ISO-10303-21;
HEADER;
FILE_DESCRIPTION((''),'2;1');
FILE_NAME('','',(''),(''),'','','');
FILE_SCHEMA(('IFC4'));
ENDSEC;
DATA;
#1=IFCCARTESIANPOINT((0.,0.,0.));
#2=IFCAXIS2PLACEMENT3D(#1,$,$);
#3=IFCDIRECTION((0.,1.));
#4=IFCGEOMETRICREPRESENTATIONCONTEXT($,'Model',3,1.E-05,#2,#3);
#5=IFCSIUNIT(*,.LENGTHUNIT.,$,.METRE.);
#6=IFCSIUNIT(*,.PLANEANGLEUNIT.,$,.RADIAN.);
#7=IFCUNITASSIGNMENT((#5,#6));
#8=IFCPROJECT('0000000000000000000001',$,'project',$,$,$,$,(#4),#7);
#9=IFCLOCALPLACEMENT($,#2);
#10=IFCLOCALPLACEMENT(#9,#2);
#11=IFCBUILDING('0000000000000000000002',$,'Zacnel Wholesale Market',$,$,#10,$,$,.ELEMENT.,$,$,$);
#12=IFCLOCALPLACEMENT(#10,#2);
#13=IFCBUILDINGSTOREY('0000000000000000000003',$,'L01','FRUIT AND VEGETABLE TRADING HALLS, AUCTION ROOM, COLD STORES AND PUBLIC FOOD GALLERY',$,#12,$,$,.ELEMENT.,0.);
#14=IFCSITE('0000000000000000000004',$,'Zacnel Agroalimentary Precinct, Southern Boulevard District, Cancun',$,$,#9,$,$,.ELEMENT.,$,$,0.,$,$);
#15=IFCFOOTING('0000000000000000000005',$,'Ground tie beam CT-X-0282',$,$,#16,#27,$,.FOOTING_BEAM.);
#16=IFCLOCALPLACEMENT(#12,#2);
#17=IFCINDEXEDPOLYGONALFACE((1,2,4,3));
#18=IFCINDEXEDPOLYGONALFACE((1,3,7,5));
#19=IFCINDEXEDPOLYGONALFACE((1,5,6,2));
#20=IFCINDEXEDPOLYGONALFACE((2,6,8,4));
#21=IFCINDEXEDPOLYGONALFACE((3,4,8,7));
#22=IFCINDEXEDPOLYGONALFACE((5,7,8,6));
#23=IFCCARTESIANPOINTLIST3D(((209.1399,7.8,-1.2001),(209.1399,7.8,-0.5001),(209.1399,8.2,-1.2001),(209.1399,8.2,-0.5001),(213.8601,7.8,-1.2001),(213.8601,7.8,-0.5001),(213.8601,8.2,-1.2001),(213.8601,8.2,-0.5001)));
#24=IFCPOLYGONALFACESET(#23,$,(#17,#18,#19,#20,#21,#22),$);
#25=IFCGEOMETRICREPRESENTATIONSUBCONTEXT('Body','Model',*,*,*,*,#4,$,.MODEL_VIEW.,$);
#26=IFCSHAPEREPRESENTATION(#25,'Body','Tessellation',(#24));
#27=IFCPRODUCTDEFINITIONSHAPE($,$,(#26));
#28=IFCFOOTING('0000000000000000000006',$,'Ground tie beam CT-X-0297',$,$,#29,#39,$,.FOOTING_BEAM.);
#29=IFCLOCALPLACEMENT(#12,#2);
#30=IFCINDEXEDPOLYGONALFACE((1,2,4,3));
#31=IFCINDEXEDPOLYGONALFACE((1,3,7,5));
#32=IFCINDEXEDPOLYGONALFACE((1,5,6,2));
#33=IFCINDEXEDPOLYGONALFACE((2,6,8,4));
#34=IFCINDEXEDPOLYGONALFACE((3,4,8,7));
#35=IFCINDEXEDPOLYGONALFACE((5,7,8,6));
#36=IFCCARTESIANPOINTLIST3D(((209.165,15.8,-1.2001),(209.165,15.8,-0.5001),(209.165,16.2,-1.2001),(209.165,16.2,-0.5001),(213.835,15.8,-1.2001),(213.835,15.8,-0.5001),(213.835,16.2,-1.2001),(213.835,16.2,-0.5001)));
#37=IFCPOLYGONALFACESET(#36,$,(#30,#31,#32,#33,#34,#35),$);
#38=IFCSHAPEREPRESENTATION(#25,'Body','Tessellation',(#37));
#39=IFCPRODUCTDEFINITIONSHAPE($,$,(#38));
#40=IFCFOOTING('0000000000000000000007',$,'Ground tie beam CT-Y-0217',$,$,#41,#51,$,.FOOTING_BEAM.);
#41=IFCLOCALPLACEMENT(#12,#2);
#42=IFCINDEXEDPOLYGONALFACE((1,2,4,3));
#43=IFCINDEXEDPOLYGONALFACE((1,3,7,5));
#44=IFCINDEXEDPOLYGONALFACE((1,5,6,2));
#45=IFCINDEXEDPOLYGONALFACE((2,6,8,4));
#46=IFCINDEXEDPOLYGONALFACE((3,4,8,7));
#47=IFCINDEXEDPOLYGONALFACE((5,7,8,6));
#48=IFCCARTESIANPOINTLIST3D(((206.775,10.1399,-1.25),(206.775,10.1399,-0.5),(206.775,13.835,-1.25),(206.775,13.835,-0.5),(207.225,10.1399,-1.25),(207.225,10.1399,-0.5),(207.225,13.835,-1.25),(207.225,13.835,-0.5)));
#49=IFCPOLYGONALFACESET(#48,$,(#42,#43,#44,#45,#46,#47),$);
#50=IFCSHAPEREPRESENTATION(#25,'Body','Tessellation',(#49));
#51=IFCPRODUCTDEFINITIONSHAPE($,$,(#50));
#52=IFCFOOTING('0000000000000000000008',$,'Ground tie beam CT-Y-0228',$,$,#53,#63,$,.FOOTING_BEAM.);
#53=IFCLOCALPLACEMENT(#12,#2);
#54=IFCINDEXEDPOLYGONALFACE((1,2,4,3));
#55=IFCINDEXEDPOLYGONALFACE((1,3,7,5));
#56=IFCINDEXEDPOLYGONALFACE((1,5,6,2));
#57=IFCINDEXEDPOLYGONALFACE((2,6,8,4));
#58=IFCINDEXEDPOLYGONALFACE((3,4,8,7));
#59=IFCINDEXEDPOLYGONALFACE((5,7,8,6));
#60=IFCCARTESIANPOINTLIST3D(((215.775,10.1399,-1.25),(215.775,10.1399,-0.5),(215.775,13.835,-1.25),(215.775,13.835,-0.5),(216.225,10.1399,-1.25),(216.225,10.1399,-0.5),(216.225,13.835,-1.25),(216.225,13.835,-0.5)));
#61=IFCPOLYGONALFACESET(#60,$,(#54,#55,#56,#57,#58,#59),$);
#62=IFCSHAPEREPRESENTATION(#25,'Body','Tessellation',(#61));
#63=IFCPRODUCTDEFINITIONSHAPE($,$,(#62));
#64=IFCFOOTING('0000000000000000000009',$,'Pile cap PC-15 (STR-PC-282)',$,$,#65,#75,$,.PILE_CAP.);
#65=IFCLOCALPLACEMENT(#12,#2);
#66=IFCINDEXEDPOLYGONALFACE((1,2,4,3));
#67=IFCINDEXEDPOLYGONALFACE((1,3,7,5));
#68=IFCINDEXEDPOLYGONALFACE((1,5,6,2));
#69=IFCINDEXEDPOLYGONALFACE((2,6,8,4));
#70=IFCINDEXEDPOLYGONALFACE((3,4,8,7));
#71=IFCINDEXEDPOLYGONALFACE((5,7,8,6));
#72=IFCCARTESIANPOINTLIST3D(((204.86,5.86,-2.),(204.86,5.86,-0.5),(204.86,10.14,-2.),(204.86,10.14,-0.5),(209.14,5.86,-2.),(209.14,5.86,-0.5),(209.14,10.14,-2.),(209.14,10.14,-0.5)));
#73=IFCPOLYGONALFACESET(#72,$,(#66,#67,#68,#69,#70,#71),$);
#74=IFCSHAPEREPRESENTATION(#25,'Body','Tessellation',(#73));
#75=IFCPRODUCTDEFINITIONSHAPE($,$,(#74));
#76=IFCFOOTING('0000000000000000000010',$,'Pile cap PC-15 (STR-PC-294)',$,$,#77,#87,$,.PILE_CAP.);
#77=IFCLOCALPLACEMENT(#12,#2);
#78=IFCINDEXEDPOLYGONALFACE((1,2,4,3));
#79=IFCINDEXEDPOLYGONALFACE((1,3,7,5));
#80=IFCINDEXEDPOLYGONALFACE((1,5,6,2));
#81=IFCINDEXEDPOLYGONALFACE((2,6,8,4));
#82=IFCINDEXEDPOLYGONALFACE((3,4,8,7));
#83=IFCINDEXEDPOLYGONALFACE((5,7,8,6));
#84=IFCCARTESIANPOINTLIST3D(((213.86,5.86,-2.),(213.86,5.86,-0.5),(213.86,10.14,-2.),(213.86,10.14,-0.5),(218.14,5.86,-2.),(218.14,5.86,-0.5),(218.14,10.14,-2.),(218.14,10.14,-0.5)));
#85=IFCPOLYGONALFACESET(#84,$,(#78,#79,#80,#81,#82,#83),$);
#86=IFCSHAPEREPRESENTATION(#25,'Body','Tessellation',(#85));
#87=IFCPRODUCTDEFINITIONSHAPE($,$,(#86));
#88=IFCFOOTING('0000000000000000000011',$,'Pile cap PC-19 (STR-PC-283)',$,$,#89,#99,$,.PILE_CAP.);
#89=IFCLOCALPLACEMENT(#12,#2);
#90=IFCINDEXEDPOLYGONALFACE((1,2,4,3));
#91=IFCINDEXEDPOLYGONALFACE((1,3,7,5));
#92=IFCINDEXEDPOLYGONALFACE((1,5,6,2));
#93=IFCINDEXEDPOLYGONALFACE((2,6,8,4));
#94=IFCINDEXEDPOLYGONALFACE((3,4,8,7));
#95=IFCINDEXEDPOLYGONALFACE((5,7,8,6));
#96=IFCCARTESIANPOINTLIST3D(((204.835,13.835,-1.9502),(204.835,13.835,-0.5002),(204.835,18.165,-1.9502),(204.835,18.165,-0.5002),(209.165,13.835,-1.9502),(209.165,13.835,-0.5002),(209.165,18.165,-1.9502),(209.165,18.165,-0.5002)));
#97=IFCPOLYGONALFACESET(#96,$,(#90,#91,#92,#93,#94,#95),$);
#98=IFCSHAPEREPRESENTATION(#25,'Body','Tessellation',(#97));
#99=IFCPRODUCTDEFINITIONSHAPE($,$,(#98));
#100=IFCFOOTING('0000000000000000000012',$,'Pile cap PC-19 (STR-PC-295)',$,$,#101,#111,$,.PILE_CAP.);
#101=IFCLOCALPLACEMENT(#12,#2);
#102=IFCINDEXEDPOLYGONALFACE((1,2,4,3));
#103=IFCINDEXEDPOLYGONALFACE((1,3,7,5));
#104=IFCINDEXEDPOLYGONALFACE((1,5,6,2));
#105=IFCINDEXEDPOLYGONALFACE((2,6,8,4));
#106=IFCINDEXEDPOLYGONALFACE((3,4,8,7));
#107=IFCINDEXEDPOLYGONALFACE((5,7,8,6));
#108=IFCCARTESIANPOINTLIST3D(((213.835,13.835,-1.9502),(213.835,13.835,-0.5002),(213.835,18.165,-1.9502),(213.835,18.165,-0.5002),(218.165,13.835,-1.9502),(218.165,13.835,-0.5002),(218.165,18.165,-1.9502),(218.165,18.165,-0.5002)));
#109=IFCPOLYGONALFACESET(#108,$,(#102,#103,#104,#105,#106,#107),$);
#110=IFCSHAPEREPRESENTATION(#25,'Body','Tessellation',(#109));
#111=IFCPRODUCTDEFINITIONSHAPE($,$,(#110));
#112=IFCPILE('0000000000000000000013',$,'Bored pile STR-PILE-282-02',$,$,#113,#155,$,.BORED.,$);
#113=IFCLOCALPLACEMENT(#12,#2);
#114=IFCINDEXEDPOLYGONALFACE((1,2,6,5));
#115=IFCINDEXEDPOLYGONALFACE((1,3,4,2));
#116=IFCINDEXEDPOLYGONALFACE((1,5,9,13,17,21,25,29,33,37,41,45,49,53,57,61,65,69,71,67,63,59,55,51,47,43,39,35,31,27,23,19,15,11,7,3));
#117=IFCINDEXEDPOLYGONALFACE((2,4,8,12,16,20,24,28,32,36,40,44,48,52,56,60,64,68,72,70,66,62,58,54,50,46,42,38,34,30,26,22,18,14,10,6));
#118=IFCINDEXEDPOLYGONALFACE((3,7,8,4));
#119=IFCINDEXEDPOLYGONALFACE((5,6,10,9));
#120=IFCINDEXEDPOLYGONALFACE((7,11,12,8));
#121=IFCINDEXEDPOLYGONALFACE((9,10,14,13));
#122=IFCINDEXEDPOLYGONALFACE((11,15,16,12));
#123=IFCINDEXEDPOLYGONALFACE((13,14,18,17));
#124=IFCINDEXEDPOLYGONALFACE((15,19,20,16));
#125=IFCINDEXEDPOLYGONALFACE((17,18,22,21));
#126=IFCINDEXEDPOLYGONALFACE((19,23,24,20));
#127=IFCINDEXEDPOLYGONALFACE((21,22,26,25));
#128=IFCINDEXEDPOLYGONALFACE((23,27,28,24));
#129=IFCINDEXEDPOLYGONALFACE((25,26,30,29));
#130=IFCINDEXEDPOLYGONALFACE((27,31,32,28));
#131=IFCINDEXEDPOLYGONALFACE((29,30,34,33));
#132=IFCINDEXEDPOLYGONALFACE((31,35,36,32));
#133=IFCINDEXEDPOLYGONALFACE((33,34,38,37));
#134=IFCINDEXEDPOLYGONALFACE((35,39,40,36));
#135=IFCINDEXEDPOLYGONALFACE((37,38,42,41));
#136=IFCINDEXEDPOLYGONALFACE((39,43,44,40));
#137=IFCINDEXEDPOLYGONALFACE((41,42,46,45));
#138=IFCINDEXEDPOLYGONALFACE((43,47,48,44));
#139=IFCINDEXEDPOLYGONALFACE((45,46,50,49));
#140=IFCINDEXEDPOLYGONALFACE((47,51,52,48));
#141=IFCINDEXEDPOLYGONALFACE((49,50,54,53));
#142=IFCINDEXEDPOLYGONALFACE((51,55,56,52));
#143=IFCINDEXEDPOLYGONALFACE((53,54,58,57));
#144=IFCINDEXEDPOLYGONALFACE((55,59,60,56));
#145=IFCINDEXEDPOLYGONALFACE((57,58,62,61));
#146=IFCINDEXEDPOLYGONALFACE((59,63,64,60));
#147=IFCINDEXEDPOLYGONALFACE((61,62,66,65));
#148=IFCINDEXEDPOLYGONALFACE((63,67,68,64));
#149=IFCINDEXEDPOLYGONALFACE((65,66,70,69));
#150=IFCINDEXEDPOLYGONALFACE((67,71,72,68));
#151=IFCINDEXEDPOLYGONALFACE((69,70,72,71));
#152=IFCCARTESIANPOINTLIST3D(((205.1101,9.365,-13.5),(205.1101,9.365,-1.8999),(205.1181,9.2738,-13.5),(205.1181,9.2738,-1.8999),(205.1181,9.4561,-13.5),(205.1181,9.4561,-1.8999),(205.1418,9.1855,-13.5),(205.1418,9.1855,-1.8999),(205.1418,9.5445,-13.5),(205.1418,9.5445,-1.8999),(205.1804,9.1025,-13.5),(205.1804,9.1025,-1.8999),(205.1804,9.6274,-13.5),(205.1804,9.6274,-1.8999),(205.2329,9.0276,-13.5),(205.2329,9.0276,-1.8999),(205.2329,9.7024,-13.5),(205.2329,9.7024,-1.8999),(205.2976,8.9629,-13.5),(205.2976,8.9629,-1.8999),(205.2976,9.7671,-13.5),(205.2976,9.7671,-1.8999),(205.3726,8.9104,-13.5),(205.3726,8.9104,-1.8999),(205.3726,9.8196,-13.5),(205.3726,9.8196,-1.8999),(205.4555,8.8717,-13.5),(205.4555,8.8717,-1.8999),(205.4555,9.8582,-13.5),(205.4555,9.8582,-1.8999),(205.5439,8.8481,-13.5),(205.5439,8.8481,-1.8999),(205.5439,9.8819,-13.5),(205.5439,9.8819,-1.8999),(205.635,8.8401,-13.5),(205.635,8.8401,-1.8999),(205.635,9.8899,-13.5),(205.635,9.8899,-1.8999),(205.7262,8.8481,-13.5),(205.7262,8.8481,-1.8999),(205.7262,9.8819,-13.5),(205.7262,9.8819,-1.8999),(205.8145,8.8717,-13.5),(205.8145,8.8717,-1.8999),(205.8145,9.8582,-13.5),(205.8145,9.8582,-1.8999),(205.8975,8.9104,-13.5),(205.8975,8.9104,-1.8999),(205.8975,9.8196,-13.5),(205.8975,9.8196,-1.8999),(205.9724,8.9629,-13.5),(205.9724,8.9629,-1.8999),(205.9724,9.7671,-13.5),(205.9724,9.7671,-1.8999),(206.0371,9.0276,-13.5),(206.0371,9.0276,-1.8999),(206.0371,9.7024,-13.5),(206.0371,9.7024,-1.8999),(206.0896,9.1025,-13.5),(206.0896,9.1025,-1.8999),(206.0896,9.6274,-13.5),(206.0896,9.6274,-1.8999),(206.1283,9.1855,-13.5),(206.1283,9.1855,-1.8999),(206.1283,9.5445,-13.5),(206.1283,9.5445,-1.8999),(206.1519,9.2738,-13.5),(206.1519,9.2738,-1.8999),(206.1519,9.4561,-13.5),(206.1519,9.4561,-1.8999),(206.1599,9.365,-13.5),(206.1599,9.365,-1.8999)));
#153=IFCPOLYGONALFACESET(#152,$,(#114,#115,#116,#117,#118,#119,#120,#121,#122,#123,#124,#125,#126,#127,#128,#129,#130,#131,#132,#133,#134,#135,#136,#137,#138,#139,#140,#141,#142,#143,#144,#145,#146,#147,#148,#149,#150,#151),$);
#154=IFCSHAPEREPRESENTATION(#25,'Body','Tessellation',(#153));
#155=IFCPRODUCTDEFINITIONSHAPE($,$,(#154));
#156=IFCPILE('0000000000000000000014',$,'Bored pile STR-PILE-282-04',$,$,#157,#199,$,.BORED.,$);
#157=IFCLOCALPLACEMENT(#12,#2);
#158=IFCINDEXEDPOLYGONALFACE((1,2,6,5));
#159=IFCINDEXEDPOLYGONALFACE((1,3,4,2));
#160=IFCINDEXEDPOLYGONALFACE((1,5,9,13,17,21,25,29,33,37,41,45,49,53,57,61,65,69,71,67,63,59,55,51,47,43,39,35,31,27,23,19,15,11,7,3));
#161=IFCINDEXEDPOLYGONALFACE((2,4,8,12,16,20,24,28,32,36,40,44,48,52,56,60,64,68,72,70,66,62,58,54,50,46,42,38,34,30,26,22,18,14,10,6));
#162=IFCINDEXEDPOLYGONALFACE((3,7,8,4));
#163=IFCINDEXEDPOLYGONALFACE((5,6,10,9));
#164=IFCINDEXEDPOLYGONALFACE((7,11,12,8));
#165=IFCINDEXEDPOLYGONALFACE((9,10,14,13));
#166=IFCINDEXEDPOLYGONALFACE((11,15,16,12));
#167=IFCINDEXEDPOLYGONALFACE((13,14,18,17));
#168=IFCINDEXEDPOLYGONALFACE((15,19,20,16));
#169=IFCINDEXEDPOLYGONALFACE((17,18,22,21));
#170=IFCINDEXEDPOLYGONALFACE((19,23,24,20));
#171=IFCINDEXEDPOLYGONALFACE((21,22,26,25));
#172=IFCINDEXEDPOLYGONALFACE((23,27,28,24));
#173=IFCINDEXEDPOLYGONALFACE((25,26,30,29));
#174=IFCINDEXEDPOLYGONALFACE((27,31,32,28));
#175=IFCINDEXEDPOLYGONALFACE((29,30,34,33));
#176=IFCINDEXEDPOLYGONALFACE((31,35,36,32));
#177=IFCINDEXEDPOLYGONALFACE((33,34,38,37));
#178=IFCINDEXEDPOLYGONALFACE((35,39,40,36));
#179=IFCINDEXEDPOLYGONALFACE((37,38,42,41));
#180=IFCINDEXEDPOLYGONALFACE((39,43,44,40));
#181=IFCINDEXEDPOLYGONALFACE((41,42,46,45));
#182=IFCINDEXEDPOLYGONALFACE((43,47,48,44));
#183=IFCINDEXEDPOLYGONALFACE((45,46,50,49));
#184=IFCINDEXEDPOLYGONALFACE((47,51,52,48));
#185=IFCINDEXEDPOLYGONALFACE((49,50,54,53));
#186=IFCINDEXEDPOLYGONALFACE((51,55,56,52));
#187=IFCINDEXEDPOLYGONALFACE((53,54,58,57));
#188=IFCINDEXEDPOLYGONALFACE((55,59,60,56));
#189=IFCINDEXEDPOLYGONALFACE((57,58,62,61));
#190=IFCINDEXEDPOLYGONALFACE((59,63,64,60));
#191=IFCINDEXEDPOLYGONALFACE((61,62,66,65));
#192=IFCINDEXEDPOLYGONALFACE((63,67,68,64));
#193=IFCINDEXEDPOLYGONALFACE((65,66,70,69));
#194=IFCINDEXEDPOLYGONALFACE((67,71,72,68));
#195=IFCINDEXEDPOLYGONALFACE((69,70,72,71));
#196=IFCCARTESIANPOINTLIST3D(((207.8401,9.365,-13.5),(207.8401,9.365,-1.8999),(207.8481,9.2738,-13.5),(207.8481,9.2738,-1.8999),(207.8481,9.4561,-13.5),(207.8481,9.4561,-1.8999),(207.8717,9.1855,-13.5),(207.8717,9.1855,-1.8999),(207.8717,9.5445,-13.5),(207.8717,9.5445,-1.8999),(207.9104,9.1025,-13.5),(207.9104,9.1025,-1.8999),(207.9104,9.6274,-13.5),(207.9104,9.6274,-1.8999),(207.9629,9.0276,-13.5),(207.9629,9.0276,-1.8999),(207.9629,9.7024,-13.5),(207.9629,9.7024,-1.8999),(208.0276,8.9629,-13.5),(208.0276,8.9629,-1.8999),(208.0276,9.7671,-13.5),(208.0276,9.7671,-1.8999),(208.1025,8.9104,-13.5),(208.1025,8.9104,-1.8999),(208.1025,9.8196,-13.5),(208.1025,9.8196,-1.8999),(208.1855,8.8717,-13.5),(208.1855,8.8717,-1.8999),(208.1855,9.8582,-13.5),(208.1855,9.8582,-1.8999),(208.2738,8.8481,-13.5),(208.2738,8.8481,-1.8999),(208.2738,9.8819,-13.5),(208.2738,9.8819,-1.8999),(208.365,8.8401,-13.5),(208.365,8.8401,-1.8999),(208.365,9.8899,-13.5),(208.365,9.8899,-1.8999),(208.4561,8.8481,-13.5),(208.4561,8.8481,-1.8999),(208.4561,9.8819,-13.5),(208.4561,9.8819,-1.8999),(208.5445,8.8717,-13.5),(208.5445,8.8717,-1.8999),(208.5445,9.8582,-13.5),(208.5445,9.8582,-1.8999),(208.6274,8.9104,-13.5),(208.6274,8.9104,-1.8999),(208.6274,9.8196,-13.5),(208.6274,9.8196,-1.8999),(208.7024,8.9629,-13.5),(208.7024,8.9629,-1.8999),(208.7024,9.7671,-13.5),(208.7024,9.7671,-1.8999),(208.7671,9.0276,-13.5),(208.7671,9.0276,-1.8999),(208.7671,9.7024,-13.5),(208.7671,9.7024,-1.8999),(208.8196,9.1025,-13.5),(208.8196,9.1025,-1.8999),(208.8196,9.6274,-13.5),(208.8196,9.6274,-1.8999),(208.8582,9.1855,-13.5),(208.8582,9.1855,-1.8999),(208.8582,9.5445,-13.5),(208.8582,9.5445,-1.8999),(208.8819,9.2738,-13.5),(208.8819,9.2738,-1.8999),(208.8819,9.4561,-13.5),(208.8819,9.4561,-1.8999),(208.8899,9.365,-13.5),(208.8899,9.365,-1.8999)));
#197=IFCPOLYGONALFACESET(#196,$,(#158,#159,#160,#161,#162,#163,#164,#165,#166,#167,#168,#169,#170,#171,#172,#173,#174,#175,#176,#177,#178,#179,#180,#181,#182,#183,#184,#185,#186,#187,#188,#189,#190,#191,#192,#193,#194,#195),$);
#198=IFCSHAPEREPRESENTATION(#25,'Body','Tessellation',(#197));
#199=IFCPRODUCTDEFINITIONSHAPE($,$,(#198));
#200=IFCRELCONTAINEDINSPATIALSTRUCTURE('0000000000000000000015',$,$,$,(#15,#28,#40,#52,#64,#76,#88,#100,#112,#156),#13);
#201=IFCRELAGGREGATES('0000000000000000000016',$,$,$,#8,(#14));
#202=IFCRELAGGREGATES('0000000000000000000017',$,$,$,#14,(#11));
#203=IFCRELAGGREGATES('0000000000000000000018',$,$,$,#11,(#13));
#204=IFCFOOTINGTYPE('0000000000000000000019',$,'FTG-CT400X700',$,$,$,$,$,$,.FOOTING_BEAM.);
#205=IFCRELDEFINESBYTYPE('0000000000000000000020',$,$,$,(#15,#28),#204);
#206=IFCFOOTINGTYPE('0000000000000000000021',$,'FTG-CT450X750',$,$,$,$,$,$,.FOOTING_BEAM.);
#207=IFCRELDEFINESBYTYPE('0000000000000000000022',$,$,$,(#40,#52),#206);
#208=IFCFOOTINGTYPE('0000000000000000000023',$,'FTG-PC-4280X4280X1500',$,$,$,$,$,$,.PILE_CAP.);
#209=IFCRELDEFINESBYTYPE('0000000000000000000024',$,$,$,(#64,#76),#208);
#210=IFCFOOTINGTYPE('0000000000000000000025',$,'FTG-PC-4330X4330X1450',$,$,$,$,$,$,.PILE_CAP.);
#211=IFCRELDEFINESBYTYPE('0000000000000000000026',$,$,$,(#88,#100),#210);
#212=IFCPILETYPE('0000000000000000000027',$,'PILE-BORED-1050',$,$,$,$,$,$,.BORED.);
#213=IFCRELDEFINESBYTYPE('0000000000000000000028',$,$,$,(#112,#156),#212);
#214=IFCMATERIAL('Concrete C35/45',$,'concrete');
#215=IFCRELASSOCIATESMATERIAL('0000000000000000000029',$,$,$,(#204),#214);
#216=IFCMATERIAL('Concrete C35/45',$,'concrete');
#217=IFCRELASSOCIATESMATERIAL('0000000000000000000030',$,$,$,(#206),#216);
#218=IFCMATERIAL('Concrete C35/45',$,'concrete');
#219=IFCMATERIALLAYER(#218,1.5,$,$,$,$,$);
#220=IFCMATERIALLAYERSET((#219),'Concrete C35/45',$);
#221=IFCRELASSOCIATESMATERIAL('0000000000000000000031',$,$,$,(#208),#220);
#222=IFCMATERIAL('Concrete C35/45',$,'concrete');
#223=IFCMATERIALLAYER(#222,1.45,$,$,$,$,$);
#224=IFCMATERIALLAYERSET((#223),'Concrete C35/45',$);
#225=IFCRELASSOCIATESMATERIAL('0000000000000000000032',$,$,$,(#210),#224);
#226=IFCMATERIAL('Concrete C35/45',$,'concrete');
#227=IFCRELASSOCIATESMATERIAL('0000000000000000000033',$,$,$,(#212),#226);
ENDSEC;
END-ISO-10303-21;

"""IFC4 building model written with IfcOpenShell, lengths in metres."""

from ifc_helpers import new_model, si_unit, direction, frame, origin, origin_2d, place, context, subcontext, project, spatial, rectangle, circle, extrude, material, layer, layer_set, material_profile, profile_set, type_object, element, save


model = new_model("IFC4")

# Units and contexts
model_context = context("Model", 3, precision=1e-05, world=origin(), true_north=direction((0.0, 1.0)))
body_context = subcontext(model_context, "Body", "Model", "MODEL_VIEW")
ifc_project = project(units=[si_unit("LENGTHUNIT", "METRE"), si_unit("PLANEANGLEUNIT", "RADIAN")], contexts=[model_context])

# Site, building, storey
site_placement = place(None, origin())
site = spatial("IfcSite", under=ifc_project, at=site_placement, Name="Zacnel Agroalimentary Precinct, Southern Boulevard District, Cancun", CompositionType="ELEMENT", RefElevation=0.0)
building_placement = place(site_placement, origin())
building = spatial("IfcBuilding", under=site, at=building_placement, Name="Zacnel Wholesale Market", CompositionType="ELEMENT")
storey_placement = place(building_placement, origin())
storey = spatial("IfcBuildingStorey", under=building, at=storey_placement, Name="L01", Description="FRUIT AND VEGETABLE TRADING HALLS, AUCTION ROOM, COLD STORES AND PUBLIC FOOD GALLERY", CompositionType="ELEMENT", Elevation=0.0)

# Footings
ifc_material_1 = material(Name="Concrete C35/45", Category="concrete")
ifc_material_profile_1 = material_profile(ifc_material_1, rectangle(XDim=0.3999, YDim=0.7, at=origin_2d()), Name="CT 400x700")
ifc_profile_set_1 = profile_set([ifc_material_profile_1], Name="Concrete C35/45")
footing_type_1 = type_object("IfcFootingType", Name="FTG-CT400X700", PredefinedType="FOOTING_BEAM", material=ifc_profile_set_1)
footing_1_placement = place(storey_placement, frame((209.1399, 8.0, -0.8501), z_axis=(1.0, 0.0, 0.0), x_axis=(0.0, 1.0, 0.0)))
element("IfcFooting", 1, at=footing_1_placement, inside=storey, type_object=footing_type_1, Name="Ground tie beam CT-X-0282", PredefinedType="FOOTING_BEAM", context=body_context, shape_type="SweptSolid", body=[
    extrude(rectangle(XDim=0.3999, YDim=0.7, at=origin_2d()), origin(), (0.0, 0.0, 1.0), 4.7202),
])
footing_2_placement = place(storey_placement, frame((209.165, 16.0, -0.8501), z_axis=(1.0, 0.0, 0.0), x_axis=(0.0, 1.0, 0.0)))
element("IfcFooting", 2, at=footing_2_placement, inside=storey, type_object=footing_type_1, Name="Ground tie beam CT-X-0297", PredefinedType="FOOTING_BEAM", context=body_context, shape_type="SweptSolid", body=[
    extrude(rectangle(XDim=0.3999, YDim=0.7, at=origin_2d()), origin(), (0.0, 0.0, 1.0), 4.6699),
])
ifc_material_2 = material(Name="Concrete C35/45", Category="concrete")
ifc_material_profile_2 = material_profile(ifc_material_2, rectangle(XDim=0.45, YDim=0.75, at=origin_2d()), Name="CT 450x750")
ifc_profile_set_2 = profile_set([ifc_material_profile_2], Name="Concrete C35/45")
footing_type_2 = type_object("IfcFootingType", Name="FTG-CT450X750", PredefinedType="FOOTING_BEAM", material=ifc_profile_set_2)
for number, where, z_axis, x_axis, name in (
    (3, (207.0, 10.1399, -0.875), (0.0, 1.0, 0.0), (-1.0, 0.0, 0.0), "Ground tie beam CT-Y-0217"),
    (4, (216.0, 10.1399, -0.875), (0.0, 1.0, 0.0), (-1.0, 0.0, 0.0), "Ground tie beam CT-Y-0228"),
):
    element("IfcFooting", number, at=place(storey_placement, frame(where, z_axis=z_axis, x_axis=x_axis)), inside=storey, type_object=footing_type_2, Name=name, PredefinedType="FOOTING_BEAM", context=body_context, shape_type="SweptSolid", body=[
        extrude(rectangle(XDim=0.45, YDim=0.75, at=origin_2d()), origin(), (0.0, 0.0, 1.0), 3.6951),
    ])
ifc_material_3 = material(Name="Concrete C35/45", Category="concrete")
ifc_layer_1 = layer(ifc_material_3, 1.5)
ifc_layer_set_1 = layer_set([ifc_layer_1], Name="Concrete C35/45")
footing_type_3 = type_object("IfcFootingType", Name="FTG-PC-4280X4280X1500", PredefinedType="PILE_CAP", material=ifc_layer_set_1)
for number, where, z_axis, x_axis, name in (
    (5, (207.0, 8.0, -2.0), (0.0, 0.0, 1.0), (1.0, 0.0, 0.0), "Pile cap PC-15 (STR-PC-282)"),
    (6, (216.0, 8.0, -2.0), (0.0, 0.0, 1.0), (1.0, 0.0, 0.0), "Pile cap PC-15 (STR-PC-294)"),
):
    element("IfcFooting", number, at=place(storey_placement, frame(where, z_axis=z_axis, x_axis=x_axis)), inside=storey, type_object=footing_type_3, Name=name, PredefinedType="PILE_CAP", context=body_context, shape_type="SweptSolid", body=[
        extrude(rectangle(XDim=4.28, YDim=4.28, at=origin_2d()), origin(), (0.0, 0.0, 1.0), 1.5),
    ])
ifc_material_4 = material(Name="Concrete C35/45", Category="concrete")
ifc_layer_2 = layer(ifc_material_4, 1.45)
ifc_layer_set_2 = layer_set([ifc_layer_2], Name="Concrete C35/45")
footing_type_4 = type_object("IfcFootingType", Name="FTG-PC-4330X4330X1450", PredefinedType="PILE_CAP", material=ifc_layer_set_2)
for number, where, z_axis, x_axis, name in (
    (7, (207.0, 16.0, -1.9502), (0.0, 0.0, 1.0), (1.0, 0.0, 0.0), "Pile cap PC-19 (STR-PC-283)"),
    (8, (216.0, 16.0, -1.9502), (0.0, 0.0, 1.0), (1.0, 0.0, 0.0), "Pile cap PC-19 (STR-PC-295)"),
):
    element("IfcFooting", number, at=place(storey_placement, frame(where, z_axis=z_axis, x_axis=x_axis)), inside=storey, type_object=footing_type_4, Name=name, PredefinedType="PILE_CAP", context=body_context, shape_type="SweptSolid", body=[
        extrude(rectangle(XDim=4.3301, YDim=4.3301, at=origin_2d()), origin(), (0.0, 0.0, 1.0), 1.45),
    ])

# Piles
ifc_material_5 = material(Name="Concrete C35/45", Category="concrete")
ifc_material_profile_3 = material_profile(ifc_material_5, circle(Radius=0.5249, at=origin_2d()), Name="BORED PILE D1050")
ifc_profile_set_3 = profile_set([ifc_material_profile_3], Name="Concrete C35/45")
pile_type = type_object("IfcPileType", Name="PILE-BORED-1050", PredefinedType="BORED", material=ifc_profile_set_3)
for number, where, z_axis, x_axis, name in (
    (9, (205.635, 9.365, -1.8999), (0.0, 0.0, -1.0), (1.0, 0.0, 0.0), "Bored pile STR-PILE-282-02"),
    (10, (208.365, 9.365, -1.8999), (0.0, 0.0, -1.0), (1.0, 0.0, 0.0), "Bored pile STR-PILE-282-04"),
):
    element("IfcPile", number, at=place(storey_placement, frame(where, z_axis=z_axis, x_axis=x_axis)), inside=storey, type_object=pile_type, Name=name, PredefinedType="BORED", context=body_context, shape_type="SweptSolid", body=[
        extrude(circle(Radius=0.5249, at=origin_2d()), origin(), (0.0, 0.0, 1.0), 11.6001),
    ])

save(model, "model.ifc")
